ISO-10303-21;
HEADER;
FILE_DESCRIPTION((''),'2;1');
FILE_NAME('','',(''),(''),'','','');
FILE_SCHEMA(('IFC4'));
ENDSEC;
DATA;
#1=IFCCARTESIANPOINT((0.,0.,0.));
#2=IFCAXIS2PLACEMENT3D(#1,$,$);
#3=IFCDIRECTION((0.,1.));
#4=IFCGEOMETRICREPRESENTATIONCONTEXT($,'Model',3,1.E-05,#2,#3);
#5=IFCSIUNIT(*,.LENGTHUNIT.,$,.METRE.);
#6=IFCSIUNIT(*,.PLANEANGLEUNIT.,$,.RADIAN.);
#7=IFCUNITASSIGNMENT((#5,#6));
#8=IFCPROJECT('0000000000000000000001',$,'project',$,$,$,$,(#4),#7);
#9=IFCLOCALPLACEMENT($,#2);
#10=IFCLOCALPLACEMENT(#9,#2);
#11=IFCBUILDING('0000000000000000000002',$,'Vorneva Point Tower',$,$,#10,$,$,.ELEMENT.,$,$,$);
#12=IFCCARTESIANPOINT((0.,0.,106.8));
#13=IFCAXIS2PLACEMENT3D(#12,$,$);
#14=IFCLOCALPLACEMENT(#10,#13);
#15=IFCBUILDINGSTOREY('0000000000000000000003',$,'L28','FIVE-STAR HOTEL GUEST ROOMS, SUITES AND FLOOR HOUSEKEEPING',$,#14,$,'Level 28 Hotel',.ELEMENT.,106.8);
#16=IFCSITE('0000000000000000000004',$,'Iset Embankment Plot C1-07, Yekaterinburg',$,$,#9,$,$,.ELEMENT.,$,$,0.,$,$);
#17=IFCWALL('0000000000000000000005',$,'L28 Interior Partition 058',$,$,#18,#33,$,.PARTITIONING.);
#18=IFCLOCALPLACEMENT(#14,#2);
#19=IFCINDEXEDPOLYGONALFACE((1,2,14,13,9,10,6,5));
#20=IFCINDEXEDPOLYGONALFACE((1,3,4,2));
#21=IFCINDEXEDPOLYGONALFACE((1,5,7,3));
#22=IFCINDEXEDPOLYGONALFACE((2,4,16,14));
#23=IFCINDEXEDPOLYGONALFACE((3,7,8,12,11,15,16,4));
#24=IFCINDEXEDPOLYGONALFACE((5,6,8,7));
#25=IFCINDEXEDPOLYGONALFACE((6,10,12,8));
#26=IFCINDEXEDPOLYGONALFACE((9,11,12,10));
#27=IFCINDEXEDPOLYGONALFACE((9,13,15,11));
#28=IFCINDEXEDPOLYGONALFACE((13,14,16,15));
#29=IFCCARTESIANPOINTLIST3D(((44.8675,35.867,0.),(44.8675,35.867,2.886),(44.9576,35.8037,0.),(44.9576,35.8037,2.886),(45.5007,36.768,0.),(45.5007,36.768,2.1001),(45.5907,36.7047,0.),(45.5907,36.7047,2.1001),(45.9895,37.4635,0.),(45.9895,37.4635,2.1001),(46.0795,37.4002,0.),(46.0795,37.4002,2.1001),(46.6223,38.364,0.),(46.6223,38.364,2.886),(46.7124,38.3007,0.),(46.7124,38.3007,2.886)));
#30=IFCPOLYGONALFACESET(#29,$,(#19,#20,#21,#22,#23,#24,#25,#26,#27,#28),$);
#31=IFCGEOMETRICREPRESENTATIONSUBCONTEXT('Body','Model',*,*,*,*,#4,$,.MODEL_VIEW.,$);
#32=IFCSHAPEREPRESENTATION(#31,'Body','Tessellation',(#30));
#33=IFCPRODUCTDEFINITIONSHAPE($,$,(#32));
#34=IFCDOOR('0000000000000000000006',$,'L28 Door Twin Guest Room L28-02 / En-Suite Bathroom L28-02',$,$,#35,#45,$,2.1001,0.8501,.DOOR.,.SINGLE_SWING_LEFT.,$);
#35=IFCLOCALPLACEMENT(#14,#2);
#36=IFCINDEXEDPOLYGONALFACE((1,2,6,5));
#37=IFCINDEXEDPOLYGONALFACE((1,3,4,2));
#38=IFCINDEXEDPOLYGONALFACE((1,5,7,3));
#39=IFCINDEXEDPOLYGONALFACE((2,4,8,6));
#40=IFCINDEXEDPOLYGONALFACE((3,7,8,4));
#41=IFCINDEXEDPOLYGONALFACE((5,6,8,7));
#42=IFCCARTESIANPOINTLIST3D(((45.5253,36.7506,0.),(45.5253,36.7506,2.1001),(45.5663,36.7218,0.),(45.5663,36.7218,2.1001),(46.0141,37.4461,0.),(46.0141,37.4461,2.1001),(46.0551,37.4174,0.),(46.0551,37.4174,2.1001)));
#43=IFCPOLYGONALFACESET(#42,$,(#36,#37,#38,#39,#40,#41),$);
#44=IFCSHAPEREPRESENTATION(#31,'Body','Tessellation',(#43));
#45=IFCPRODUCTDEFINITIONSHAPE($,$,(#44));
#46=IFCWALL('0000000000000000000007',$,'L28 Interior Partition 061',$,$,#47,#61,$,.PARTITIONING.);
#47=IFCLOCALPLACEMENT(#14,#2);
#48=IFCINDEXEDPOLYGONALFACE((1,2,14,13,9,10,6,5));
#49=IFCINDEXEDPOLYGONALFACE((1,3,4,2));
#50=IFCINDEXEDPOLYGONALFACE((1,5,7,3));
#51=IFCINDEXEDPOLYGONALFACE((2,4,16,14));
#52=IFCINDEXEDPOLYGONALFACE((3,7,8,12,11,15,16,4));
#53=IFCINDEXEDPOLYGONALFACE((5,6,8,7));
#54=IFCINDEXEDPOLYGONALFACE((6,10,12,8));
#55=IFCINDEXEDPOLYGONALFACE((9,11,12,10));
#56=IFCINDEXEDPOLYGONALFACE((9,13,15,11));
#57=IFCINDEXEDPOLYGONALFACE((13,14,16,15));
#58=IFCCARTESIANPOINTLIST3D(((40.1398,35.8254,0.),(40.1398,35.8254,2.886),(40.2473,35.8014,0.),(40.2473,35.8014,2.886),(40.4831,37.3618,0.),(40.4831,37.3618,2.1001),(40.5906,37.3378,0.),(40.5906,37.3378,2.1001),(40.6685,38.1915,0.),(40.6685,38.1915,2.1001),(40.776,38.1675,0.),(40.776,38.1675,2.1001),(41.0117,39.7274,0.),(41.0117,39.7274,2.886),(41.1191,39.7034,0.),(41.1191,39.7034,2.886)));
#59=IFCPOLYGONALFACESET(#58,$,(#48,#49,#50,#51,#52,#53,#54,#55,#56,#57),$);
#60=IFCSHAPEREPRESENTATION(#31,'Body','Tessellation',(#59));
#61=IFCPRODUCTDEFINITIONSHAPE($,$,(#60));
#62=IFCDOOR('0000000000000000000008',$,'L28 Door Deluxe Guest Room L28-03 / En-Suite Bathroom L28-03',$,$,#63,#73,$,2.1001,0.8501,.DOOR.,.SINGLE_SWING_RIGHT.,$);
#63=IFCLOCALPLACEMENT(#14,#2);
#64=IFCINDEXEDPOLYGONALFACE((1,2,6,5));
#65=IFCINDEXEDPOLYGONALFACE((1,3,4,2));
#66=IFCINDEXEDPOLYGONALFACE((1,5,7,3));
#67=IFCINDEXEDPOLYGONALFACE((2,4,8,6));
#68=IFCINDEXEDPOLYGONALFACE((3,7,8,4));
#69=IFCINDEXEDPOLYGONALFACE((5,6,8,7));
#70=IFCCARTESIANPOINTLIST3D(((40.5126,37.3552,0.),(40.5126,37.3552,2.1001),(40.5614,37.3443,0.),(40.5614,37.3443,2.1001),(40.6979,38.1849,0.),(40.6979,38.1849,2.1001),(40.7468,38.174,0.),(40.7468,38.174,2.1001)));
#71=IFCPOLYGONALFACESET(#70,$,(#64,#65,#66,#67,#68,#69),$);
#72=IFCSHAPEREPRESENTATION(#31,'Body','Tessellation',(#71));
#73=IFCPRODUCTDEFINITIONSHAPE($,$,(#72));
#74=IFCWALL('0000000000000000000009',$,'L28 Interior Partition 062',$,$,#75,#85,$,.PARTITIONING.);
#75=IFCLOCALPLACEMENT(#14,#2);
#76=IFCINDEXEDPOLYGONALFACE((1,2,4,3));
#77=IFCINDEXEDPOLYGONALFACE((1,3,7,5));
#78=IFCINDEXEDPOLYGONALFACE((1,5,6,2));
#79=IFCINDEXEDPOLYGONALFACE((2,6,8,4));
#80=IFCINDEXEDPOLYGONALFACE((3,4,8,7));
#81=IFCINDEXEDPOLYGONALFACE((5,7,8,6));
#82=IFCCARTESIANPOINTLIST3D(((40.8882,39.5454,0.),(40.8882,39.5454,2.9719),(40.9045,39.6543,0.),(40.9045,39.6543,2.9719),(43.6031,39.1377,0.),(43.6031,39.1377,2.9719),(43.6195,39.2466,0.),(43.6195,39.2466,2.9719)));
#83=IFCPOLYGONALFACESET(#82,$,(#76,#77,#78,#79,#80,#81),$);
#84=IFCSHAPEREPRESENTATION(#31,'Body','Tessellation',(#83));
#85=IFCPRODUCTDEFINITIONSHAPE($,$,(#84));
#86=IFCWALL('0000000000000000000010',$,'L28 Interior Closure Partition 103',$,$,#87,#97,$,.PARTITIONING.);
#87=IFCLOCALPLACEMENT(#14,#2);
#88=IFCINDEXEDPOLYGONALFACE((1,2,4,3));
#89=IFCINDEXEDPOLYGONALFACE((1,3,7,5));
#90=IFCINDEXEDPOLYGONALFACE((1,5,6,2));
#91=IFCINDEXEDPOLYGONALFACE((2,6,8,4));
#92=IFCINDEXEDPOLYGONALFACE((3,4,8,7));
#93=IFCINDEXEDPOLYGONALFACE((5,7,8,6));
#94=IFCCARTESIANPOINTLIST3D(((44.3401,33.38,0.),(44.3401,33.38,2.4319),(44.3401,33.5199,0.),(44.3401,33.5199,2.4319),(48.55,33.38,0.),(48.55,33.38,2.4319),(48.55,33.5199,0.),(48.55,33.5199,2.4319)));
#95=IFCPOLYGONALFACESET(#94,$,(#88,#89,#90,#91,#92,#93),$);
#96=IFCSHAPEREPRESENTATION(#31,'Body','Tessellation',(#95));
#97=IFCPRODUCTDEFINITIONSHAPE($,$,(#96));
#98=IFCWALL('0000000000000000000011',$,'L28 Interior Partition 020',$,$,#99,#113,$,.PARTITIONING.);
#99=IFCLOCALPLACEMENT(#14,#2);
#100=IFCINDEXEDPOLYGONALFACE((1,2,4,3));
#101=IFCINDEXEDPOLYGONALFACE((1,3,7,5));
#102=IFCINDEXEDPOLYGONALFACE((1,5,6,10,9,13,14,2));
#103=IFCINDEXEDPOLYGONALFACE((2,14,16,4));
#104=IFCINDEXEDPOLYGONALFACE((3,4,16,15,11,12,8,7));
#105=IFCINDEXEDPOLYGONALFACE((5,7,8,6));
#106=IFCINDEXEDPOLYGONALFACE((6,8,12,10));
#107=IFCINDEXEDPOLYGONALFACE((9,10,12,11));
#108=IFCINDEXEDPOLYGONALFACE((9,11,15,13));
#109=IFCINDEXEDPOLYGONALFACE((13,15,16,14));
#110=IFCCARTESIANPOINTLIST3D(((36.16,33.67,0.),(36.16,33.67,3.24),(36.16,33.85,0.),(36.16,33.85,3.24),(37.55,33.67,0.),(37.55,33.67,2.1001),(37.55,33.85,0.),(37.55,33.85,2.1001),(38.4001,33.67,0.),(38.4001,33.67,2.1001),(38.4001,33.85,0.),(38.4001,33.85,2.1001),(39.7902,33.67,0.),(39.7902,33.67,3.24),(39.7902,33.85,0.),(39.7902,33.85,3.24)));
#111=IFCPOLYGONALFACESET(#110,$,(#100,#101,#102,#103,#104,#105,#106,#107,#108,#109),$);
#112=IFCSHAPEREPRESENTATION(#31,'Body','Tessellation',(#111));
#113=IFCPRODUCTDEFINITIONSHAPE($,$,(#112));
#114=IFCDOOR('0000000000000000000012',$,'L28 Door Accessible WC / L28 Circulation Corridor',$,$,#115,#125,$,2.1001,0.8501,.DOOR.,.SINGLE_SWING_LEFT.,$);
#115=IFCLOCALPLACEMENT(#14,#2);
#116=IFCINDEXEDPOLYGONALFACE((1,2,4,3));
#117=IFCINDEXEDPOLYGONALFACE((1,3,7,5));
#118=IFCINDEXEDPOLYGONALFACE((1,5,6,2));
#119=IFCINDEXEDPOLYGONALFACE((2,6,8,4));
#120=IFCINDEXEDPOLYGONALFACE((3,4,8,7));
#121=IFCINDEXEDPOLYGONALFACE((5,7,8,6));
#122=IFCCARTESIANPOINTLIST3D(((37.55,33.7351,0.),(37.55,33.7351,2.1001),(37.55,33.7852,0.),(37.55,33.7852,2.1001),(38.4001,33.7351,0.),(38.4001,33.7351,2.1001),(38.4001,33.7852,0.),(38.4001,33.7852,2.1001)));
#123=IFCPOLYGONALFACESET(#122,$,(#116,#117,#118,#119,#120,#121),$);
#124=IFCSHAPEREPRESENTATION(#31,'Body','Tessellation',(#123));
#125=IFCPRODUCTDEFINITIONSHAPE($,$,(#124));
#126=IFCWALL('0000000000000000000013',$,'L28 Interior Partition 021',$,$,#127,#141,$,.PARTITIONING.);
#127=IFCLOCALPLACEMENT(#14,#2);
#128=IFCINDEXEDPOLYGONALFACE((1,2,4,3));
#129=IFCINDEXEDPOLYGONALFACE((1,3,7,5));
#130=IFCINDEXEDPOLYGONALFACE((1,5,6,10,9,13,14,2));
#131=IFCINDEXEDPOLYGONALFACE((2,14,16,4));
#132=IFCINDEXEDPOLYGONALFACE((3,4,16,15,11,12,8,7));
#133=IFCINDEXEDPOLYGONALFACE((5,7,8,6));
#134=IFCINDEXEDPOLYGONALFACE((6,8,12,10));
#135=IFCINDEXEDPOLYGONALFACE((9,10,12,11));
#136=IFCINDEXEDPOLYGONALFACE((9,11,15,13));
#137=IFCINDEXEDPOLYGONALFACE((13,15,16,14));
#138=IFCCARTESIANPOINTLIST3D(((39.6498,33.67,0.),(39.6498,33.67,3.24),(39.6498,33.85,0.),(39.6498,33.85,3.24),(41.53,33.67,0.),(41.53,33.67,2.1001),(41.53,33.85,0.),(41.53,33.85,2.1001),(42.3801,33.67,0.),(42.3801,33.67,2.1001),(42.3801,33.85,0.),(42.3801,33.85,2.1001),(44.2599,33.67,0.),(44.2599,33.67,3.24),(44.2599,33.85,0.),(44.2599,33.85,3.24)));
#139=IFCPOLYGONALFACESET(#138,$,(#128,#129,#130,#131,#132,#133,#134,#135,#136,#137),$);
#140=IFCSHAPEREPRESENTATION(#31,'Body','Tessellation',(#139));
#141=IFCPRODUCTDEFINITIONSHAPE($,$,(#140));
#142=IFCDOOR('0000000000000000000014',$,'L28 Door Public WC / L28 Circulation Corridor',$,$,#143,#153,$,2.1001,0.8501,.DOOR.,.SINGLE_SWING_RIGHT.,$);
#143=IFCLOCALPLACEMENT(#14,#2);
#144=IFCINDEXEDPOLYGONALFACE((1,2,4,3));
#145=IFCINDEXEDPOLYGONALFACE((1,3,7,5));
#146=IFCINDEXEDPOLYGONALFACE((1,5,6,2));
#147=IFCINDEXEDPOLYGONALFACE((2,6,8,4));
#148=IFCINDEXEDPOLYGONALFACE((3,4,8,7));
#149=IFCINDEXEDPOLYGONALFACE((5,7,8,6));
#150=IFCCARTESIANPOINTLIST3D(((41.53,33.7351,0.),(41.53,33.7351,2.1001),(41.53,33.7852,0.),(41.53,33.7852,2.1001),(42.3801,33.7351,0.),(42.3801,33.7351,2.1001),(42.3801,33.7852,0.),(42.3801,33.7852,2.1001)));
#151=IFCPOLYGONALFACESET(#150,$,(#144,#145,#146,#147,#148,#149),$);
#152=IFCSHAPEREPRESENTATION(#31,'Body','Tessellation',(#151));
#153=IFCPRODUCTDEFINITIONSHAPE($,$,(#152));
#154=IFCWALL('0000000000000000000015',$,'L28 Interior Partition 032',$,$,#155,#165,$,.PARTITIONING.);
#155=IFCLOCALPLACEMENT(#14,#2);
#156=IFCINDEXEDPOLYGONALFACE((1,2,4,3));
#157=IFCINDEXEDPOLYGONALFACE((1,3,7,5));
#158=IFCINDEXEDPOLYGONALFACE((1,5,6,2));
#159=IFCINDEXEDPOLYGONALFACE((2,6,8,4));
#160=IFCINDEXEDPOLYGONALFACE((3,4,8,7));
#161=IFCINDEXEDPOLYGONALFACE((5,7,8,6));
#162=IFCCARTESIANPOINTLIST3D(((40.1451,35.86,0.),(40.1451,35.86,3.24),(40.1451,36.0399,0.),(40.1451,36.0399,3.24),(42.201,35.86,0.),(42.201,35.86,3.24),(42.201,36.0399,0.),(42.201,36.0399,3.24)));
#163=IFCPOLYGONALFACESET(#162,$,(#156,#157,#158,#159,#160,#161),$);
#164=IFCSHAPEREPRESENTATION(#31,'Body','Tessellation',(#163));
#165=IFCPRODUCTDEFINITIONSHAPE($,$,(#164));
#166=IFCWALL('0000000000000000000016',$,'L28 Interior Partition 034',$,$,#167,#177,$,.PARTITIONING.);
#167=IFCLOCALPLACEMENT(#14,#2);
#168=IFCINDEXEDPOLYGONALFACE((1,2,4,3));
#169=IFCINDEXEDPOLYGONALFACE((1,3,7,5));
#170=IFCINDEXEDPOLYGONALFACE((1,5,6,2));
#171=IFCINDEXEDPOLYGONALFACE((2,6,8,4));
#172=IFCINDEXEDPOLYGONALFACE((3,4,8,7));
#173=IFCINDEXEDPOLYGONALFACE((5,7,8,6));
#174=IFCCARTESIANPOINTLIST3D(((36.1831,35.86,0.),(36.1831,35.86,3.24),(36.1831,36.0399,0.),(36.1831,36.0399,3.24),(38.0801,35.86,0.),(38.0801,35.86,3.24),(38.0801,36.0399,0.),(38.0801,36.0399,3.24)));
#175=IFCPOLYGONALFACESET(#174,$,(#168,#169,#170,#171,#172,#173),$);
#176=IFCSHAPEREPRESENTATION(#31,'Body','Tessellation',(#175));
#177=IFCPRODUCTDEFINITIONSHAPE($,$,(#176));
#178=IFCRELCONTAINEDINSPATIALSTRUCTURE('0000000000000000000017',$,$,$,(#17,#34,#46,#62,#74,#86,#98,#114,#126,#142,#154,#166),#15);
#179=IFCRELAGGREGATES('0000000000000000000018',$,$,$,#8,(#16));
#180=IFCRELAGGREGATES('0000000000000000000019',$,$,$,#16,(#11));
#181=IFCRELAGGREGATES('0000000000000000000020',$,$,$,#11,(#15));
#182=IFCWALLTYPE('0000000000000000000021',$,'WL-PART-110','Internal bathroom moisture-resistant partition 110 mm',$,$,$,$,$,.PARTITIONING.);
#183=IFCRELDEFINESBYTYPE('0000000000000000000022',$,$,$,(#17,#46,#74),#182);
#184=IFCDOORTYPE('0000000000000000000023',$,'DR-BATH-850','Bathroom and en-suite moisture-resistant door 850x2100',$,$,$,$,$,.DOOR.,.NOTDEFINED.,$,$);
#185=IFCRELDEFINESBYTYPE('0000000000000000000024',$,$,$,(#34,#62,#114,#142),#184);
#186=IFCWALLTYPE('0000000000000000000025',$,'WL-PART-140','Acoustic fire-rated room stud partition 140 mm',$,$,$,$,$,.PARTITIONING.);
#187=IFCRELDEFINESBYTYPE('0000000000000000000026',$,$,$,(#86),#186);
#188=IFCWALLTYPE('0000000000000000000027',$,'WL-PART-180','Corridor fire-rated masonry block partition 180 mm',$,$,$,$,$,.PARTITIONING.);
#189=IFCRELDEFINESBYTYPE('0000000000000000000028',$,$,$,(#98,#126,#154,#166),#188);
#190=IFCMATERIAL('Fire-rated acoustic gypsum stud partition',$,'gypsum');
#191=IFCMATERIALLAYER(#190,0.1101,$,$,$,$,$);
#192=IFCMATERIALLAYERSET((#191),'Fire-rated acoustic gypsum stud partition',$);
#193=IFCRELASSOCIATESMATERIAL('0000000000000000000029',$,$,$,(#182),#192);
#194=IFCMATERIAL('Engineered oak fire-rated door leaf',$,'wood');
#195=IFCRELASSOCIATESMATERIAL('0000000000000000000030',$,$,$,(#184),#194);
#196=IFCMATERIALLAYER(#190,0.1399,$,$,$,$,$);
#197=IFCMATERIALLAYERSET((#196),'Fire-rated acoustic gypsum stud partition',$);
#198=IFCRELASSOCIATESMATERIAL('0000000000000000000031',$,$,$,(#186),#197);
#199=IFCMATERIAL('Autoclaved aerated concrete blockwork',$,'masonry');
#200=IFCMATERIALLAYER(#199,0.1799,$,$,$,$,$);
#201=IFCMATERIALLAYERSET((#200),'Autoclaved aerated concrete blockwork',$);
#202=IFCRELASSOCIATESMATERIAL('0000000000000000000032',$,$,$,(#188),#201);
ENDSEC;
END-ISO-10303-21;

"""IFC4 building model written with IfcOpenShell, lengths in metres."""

from ifc_helpers import new_model, si_unit, direction, frame, frame_2d, origin, place, context, subcontext, project, spatial, rectangle, extrude, material, layer, layer_set, type_object, element, fill, save


model = new_model("IFC4")

# Units and contexts
model_context = context("Model", 3, precision=1e-05, world=origin(), true_north=direction((0.0, 1.0)))
body_context = subcontext(model_context, "Body", "Model", "MODEL_VIEW")
ifc_project = project(units=[si_unit("LENGTHUNIT", "METRE"), si_unit("PLANEANGLEUNIT", "RADIAN")], contexts=[model_context])

# Site, building, storey
site_placement = place(None, origin())
site = spatial("IfcSite", under=ifc_project, at=site_placement, Name="Iset Embankment Plot C1-07, Yekaterinburg", CompositionType="ELEMENT", RefElevation=0.0)
building_placement = place(site_placement, origin())
building = spatial("IfcBuilding", under=site, at=building_placement, Name="Vorneva Point Tower", CompositionType="ELEMENT")
storey_placement = place(building_placement, frame((0.0, 0.0, 106.8)))
storey = spatial("IfcBuildingStorey", under=building, at=storey_placement, Name="L28", Description="FIVE-STAR HOTEL GUEST ROOMS, SUITES AND FLOOR HOUSEKEEPING", LongName="Level 28 Hotel", CompositionType="ELEMENT", Elevation=106.8)

# Walls, openings, doors
ifc_material_1 = material(Name="Fire-rated acoustic gypsum stud partition", Category="gypsum")
ifc_layer_1 = layer(ifc_material_1, 0.1101)
ifc_layer_set_1 = layer_set([ifc_layer_1], Name="Fire-rated acoustic gypsum stud partition")
wall_type_1 = type_object("IfcWallType", Name="WL-PART-110", Description="Internal bathroom moisture-resistant partition 110 mm", PredefinedType="PARTITIONING", material=ifc_layer_set_1)
wall_1_placement = place(storey_placement, frame((44.9126, 35.8354, 0.0), z_axis=(0.0, 0.0, 1.0), x_axis=(0.574986, 0.818163, 0.0)))
wall_1 = element("IfcWall", 1, at=wall_1_placement, inside=storey, type_object=wall_type_1, Name="L28 Interior Partition 058", PredefinedType="PARTITIONING", context=body_context, shape_type="SweptSolid", body=[
    extrude(rectangle(XDim=3.052, YDim=0.1101, at=frame_2d((1.5259, 0.0))), origin(), (0.0, 0.0, 1.0), 2.886),
])
opening_1_placement = place(wall_1_placement, frame((1.1011, 0.0, 0.0)))
opening_1 = element("IfcOpeningElement", 2, at=opening_1_placement, cuts=wall_1, PredefinedType="OPENING", context=body_context, shape_type="SweptSolid", body=[
    extrude(rectangle(XDim=0.8501, YDim=2.1001, at=frame_2d((0.425, 1.05))), frame((0.0, 0.0698, 0.0), z_axis=(0.0, -1.0, 0.0), x_axis=(1.0, 0.0, 0.0)), (0.0, 0.0, 1.0), 0.1399),
])
ifc_material_2 = material(Name="Engineered oak fire-rated door leaf", Category="wood")
door_type_1 = type_object("IfcDoorType", Name="DR-BATH-850", Description="Bathroom and en-suite moisture-resistant door 850x2100", OperationType="NOTDEFINED", PredefinedType="DOOR", material=ifc_material_2)
door_1_placement = place(opening_1_placement, origin())
door_1 = element("IfcDoor", 3, at=door_1_placement, inside=storey, type_object=door_type_1, Name="L28 Door Twin Guest Room L28-02 / En-Suite Bathroom L28-02", OperationType="SINGLE_SWING_LEFT", OverallHeight=2.1001, OverallWidth=0.8501, PredefinedType="DOOR", context=body_context, shape_type="SweptSolid", body=[
    extrude(rectangle(XDim=0.8501, YDim=2.1001, at=frame_2d((0.425, 1.05))), frame((0.0, 0.0249, 0.0), z_axis=(0.0, -1.0, 0.0), x_axis=(1.0, 0.0, 0.0)), (0.0, 0.0, 1.0), 0.05),
])
fill(opening_1, door_1)
wall_2_placement = place(storey_placement, frame((40.1936, 35.8135, 0.0), z_axis=(0.0, 0.0, 1.0), x_axis=(0.218049, 0.975938, 0.0)))
wall_2 = element("IfcWall", 4, at=wall_2_placement, inside=storey, type_object=wall_type_1, Name="L28 Interior Partition 061", PredefinedType="PARTITIONING", context=body_context, shape_type="SweptSolid", body=[
    extrude(rectangle(XDim=3.9983, YDim=0.1101, at=frame_2d((1.999, 0.0))), origin(), (0.0, 0.0, 1.0), 2.886),
])
opening_2_placement = place(wall_2_placement, frame((1.5742, 0.0, 0.0)))
opening_2 = element("IfcOpeningElement", 5, at=opening_2_placement, cuts=wall_2, PredefinedType="OPENING", context=body_context, shape_type="SweptSolid", body=[
    extrude(rectangle(XDim=0.8501, YDim=2.1001, at=frame_2d((0.425, 1.05))), frame((0.0, 0.0698, 0.0), z_axis=(0.0, -1.0, 0.0), x_axis=(1.0, 0.0, 0.0)), (0.0, 0.0, 1.0), 0.1399),
])
door_2_placement = place(opening_2_placement, origin())
door_2 = element("IfcDoor", 6, at=door_2_placement, inside=storey, type_object=door_type_1, Name="L28 Door Deluxe Guest Room L28-03 / En-Suite Bathroom L28-03", OperationType="SINGLE_SWING_RIGHT", OverallHeight=2.1001, OverallWidth=0.8501, PredefinedType="DOOR", context=body_context, shape_type="SweptSolid", body=[
    extrude(rectangle(XDim=0.8501, YDim=2.1001, at=frame_2d((0.425, 1.05))), frame((0.0, 0.0249, 0.0), z_axis=(0.0, -1.0, 0.0), x_axis=(1.0, 0.0, 0.0)), (0.0, 0.0, 1.0), 0.05),
])
fill(opening_2, door_2)

# Walls
wall_3_placement = place(storey_placement, frame((40.8965, 39.5999, 0.0), z_axis=(0.0, 0.0, 1.0), x_axis=(0.98891, -0.148514, 0.0)))
element("IfcWall", 7, at=wall_3_placement, inside=storey, type_object=wall_type_1, Name="L28 Interior Partition 062", PredefinedType="PARTITIONING", context=body_context, shape_type="SweptSolid", body=[
    extrude(rectangle(XDim=2.7454, YDim=0.1101, at=frame_2d((1.3726, 0.0))), origin(), (0.0, 0.0, 1.0), 2.9719),
])
ifc_layer_2 = layer(ifc_material_1, 0.1399)
ifc_layer_set_2 = layer_set([ifc_layer_2], Name="Fire-rated acoustic gypsum stud partition")
wall_type_2 = type_object("IfcWallType", Name="WL-PART-140", Description="Acoustic fire-rated room stud partition 140 mm", PredefinedType="PARTITIONING", material=ifc_layer_set_2)
wall_4_placement = place(storey_placement, frame((44.3401, 33.45, 0.0), z_axis=(0.0, 0.0, 1.0), x_axis=(1.0, 0.0, 0.0)))
element("IfcWall", 8, at=wall_4_placement, inside=storey, type_object=wall_type_2, Name="L28 Interior Closure Partition 103", PredefinedType="PARTITIONING", context=body_context, shape_type="SweptSolid", body=[
    extrude(rectangle(XDim=4.21, YDim=0.1399, at=frame_2d((2.105, 0.0))), origin(), (0.0, 0.0, 1.0), 2.4319),
])

# Walls, openings, doors
ifc_material_3 = material(Name="Autoclaved aerated concrete blockwork", Category="masonry")
ifc_layer_3 = layer(ifc_material_3, 0.1799)
ifc_layer_set_3 = layer_set([ifc_layer_3], Name="Autoclaved aerated concrete blockwork")
wall_type_3 = type_object("IfcWallType", Name="WL-PART-180", Description="Corridor fire-rated masonry block partition 180 mm", PredefinedType="PARTITIONING", material=ifc_layer_set_3)
wall_5_placement = place(storey_placement, frame((39.79, 33.76, 0.0), z_axis=(0.0, 0.0, 1.0), x_axis=(-1.0, 0.0, 0.0)))
wall_5 = element("IfcWall", 9, at=wall_5_placement, inside=storey, type_object=wall_type_3, Name="L28 Interior Partition 020", PredefinedType="PARTITIONING", context=body_context, shape_type="SweptSolid", body=[
    extrude(rectangle(XDim=3.6301, YDim=0.1799, at=frame_2d((1.8149, 0.0))), origin(), (0.0, 0.0, 1.0), 3.24),
])
opening_3_placement = place(wall_5_placement, frame((1.3899, 0.0, 0.0)))
opening_3 = element("IfcOpeningElement", 10, at=opening_3_placement, cuts=wall_5, PredefinedType="OPENING", context=body_context, shape_type="SweptSolid", body=[
    extrude(rectangle(XDim=0.8501, YDim=2.1001, at=frame_2d((0.425, 1.05))), frame((0.0, 0.105, 0.0), z_axis=(0.0, -1.0, 0.0), x_axis=(1.0, 0.0, 0.0)), (0.0, 0.0, 1.0), 0.2097),
])
door_3_placement = place(opening_3_placement, origin())
door_3 = element("IfcDoor", 11, at=door_3_placement, inside=storey, type_object=door_type_1, Name="L28 Door Accessible WC / L28 Circulation Corridor", OperationType="SINGLE_SWING_LEFT", OverallHeight=2.1001, OverallWidth=0.8501, PredefinedType="DOOR", context=body_context, shape_type="SweptSolid", body=[
    extrude(rectangle(XDim=0.8501, YDim=2.1001, at=frame_2d((0.425, 1.05))), frame((0.0, 0.0249, 0.0), z_axis=(0.0, -1.0, 0.0), x_axis=(1.0, 0.0, 0.0)), (0.0, 0.0, 1.0), 0.05),
])
fill(opening_3, door_3)
wall_6_placement = place(storey_placement, frame((44.26, 33.76, 0.0), z_axis=(0.0, 0.0, 1.0), x_axis=(-1.0, 0.0, 0.0)))
wall_6 = element("IfcWall", 12, at=wall_6_placement, inside=storey, type_object=wall_type_3, Name="L28 Interior Partition 021", PredefinedType="PARTITIONING", context=body_context, shape_type="SweptSolid", body=[
    extrude(rectangle(XDim=4.6101, YDim=0.1799, at=frame_2d((2.3052, 0.0))), origin(), (0.0, 0.0, 1.0), 3.24),
])
opening_4_placement = place(wall_6_placement, frame((1.8799, 0.0, 0.0)))
opening_4 = element("IfcOpeningElement", 13, at=opening_4_placement, cuts=wall_6, PredefinedType="OPENING", context=body_context, shape_type="SweptSolid", body=[
    extrude(rectangle(XDim=0.8501, YDim=2.1001, at=frame_2d((0.425, 1.05))), frame((0.0, 0.105, 0.0), z_axis=(0.0, -1.0, 0.0), x_axis=(1.0, 0.0, 0.0)), (0.0, 0.0, 1.0), 0.2097),
])
door_4_placement = place(opening_4_placement, origin())
door_4 = element("IfcDoor", 14, at=door_4_placement, inside=storey, type_object=door_type_1, Name="L28 Door Public WC / L28 Circulation Corridor", OperationType="SINGLE_SWING_RIGHT", OverallHeight=2.1001, OverallWidth=0.8501, PredefinedType="DOOR", context=body_context, shape_type="SweptSolid", body=[
    extrude(rectangle(XDim=0.8501, YDim=2.1001, at=frame_2d((0.425, 1.05))), frame((0.0, 0.0249, 0.0), z_axis=(0.0, -1.0, 0.0), x_axis=(1.0, 0.0, 0.0)), (0.0, 0.0, 1.0), 0.05),
])
fill(opening_4, door_4)

# Walls
wall_7_placement = place(storey_placement, frame((42.2009, 35.95, 0.0), z_axis=(0.0, 0.0, 1.0), x_axis=(-1.0, 0.0, 0.0)))
element("IfcWall", 15, at=wall_7_placement, inside=storey, type_object=wall_type_3, Name="L28 Interior Partition 032", PredefinedType="PARTITIONING", context=body_context, shape_type="SweptSolid", body=[
    extrude(rectangle(XDim=2.0559, YDim=0.1799, at=frame_2d((1.0278, 0.0))), origin(), (0.0, 0.0, 1.0), 3.24),
])
wall_8_placement = place(storey_placement, frame((38.0801, 35.95, 0.0), z_axis=(0.0, 0.0, 1.0), x_axis=(-1.0, 0.0, 0.0)))
element("IfcWall", 16, at=wall_8_placement, inside=storey, type_object=wall_type_3, Name="L28 Interior Partition 034", PredefinedType="PARTITIONING", context=body_context, shape_type="SweptSolid", body=[
    extrude(rectangle(XDim=1.897, YDim=0.1799, at=frame_2d((0.9485, 0.0))), origin(), (0.0, 0.0, 1.0), 3.24),
])

save(model, "model.ifc")
